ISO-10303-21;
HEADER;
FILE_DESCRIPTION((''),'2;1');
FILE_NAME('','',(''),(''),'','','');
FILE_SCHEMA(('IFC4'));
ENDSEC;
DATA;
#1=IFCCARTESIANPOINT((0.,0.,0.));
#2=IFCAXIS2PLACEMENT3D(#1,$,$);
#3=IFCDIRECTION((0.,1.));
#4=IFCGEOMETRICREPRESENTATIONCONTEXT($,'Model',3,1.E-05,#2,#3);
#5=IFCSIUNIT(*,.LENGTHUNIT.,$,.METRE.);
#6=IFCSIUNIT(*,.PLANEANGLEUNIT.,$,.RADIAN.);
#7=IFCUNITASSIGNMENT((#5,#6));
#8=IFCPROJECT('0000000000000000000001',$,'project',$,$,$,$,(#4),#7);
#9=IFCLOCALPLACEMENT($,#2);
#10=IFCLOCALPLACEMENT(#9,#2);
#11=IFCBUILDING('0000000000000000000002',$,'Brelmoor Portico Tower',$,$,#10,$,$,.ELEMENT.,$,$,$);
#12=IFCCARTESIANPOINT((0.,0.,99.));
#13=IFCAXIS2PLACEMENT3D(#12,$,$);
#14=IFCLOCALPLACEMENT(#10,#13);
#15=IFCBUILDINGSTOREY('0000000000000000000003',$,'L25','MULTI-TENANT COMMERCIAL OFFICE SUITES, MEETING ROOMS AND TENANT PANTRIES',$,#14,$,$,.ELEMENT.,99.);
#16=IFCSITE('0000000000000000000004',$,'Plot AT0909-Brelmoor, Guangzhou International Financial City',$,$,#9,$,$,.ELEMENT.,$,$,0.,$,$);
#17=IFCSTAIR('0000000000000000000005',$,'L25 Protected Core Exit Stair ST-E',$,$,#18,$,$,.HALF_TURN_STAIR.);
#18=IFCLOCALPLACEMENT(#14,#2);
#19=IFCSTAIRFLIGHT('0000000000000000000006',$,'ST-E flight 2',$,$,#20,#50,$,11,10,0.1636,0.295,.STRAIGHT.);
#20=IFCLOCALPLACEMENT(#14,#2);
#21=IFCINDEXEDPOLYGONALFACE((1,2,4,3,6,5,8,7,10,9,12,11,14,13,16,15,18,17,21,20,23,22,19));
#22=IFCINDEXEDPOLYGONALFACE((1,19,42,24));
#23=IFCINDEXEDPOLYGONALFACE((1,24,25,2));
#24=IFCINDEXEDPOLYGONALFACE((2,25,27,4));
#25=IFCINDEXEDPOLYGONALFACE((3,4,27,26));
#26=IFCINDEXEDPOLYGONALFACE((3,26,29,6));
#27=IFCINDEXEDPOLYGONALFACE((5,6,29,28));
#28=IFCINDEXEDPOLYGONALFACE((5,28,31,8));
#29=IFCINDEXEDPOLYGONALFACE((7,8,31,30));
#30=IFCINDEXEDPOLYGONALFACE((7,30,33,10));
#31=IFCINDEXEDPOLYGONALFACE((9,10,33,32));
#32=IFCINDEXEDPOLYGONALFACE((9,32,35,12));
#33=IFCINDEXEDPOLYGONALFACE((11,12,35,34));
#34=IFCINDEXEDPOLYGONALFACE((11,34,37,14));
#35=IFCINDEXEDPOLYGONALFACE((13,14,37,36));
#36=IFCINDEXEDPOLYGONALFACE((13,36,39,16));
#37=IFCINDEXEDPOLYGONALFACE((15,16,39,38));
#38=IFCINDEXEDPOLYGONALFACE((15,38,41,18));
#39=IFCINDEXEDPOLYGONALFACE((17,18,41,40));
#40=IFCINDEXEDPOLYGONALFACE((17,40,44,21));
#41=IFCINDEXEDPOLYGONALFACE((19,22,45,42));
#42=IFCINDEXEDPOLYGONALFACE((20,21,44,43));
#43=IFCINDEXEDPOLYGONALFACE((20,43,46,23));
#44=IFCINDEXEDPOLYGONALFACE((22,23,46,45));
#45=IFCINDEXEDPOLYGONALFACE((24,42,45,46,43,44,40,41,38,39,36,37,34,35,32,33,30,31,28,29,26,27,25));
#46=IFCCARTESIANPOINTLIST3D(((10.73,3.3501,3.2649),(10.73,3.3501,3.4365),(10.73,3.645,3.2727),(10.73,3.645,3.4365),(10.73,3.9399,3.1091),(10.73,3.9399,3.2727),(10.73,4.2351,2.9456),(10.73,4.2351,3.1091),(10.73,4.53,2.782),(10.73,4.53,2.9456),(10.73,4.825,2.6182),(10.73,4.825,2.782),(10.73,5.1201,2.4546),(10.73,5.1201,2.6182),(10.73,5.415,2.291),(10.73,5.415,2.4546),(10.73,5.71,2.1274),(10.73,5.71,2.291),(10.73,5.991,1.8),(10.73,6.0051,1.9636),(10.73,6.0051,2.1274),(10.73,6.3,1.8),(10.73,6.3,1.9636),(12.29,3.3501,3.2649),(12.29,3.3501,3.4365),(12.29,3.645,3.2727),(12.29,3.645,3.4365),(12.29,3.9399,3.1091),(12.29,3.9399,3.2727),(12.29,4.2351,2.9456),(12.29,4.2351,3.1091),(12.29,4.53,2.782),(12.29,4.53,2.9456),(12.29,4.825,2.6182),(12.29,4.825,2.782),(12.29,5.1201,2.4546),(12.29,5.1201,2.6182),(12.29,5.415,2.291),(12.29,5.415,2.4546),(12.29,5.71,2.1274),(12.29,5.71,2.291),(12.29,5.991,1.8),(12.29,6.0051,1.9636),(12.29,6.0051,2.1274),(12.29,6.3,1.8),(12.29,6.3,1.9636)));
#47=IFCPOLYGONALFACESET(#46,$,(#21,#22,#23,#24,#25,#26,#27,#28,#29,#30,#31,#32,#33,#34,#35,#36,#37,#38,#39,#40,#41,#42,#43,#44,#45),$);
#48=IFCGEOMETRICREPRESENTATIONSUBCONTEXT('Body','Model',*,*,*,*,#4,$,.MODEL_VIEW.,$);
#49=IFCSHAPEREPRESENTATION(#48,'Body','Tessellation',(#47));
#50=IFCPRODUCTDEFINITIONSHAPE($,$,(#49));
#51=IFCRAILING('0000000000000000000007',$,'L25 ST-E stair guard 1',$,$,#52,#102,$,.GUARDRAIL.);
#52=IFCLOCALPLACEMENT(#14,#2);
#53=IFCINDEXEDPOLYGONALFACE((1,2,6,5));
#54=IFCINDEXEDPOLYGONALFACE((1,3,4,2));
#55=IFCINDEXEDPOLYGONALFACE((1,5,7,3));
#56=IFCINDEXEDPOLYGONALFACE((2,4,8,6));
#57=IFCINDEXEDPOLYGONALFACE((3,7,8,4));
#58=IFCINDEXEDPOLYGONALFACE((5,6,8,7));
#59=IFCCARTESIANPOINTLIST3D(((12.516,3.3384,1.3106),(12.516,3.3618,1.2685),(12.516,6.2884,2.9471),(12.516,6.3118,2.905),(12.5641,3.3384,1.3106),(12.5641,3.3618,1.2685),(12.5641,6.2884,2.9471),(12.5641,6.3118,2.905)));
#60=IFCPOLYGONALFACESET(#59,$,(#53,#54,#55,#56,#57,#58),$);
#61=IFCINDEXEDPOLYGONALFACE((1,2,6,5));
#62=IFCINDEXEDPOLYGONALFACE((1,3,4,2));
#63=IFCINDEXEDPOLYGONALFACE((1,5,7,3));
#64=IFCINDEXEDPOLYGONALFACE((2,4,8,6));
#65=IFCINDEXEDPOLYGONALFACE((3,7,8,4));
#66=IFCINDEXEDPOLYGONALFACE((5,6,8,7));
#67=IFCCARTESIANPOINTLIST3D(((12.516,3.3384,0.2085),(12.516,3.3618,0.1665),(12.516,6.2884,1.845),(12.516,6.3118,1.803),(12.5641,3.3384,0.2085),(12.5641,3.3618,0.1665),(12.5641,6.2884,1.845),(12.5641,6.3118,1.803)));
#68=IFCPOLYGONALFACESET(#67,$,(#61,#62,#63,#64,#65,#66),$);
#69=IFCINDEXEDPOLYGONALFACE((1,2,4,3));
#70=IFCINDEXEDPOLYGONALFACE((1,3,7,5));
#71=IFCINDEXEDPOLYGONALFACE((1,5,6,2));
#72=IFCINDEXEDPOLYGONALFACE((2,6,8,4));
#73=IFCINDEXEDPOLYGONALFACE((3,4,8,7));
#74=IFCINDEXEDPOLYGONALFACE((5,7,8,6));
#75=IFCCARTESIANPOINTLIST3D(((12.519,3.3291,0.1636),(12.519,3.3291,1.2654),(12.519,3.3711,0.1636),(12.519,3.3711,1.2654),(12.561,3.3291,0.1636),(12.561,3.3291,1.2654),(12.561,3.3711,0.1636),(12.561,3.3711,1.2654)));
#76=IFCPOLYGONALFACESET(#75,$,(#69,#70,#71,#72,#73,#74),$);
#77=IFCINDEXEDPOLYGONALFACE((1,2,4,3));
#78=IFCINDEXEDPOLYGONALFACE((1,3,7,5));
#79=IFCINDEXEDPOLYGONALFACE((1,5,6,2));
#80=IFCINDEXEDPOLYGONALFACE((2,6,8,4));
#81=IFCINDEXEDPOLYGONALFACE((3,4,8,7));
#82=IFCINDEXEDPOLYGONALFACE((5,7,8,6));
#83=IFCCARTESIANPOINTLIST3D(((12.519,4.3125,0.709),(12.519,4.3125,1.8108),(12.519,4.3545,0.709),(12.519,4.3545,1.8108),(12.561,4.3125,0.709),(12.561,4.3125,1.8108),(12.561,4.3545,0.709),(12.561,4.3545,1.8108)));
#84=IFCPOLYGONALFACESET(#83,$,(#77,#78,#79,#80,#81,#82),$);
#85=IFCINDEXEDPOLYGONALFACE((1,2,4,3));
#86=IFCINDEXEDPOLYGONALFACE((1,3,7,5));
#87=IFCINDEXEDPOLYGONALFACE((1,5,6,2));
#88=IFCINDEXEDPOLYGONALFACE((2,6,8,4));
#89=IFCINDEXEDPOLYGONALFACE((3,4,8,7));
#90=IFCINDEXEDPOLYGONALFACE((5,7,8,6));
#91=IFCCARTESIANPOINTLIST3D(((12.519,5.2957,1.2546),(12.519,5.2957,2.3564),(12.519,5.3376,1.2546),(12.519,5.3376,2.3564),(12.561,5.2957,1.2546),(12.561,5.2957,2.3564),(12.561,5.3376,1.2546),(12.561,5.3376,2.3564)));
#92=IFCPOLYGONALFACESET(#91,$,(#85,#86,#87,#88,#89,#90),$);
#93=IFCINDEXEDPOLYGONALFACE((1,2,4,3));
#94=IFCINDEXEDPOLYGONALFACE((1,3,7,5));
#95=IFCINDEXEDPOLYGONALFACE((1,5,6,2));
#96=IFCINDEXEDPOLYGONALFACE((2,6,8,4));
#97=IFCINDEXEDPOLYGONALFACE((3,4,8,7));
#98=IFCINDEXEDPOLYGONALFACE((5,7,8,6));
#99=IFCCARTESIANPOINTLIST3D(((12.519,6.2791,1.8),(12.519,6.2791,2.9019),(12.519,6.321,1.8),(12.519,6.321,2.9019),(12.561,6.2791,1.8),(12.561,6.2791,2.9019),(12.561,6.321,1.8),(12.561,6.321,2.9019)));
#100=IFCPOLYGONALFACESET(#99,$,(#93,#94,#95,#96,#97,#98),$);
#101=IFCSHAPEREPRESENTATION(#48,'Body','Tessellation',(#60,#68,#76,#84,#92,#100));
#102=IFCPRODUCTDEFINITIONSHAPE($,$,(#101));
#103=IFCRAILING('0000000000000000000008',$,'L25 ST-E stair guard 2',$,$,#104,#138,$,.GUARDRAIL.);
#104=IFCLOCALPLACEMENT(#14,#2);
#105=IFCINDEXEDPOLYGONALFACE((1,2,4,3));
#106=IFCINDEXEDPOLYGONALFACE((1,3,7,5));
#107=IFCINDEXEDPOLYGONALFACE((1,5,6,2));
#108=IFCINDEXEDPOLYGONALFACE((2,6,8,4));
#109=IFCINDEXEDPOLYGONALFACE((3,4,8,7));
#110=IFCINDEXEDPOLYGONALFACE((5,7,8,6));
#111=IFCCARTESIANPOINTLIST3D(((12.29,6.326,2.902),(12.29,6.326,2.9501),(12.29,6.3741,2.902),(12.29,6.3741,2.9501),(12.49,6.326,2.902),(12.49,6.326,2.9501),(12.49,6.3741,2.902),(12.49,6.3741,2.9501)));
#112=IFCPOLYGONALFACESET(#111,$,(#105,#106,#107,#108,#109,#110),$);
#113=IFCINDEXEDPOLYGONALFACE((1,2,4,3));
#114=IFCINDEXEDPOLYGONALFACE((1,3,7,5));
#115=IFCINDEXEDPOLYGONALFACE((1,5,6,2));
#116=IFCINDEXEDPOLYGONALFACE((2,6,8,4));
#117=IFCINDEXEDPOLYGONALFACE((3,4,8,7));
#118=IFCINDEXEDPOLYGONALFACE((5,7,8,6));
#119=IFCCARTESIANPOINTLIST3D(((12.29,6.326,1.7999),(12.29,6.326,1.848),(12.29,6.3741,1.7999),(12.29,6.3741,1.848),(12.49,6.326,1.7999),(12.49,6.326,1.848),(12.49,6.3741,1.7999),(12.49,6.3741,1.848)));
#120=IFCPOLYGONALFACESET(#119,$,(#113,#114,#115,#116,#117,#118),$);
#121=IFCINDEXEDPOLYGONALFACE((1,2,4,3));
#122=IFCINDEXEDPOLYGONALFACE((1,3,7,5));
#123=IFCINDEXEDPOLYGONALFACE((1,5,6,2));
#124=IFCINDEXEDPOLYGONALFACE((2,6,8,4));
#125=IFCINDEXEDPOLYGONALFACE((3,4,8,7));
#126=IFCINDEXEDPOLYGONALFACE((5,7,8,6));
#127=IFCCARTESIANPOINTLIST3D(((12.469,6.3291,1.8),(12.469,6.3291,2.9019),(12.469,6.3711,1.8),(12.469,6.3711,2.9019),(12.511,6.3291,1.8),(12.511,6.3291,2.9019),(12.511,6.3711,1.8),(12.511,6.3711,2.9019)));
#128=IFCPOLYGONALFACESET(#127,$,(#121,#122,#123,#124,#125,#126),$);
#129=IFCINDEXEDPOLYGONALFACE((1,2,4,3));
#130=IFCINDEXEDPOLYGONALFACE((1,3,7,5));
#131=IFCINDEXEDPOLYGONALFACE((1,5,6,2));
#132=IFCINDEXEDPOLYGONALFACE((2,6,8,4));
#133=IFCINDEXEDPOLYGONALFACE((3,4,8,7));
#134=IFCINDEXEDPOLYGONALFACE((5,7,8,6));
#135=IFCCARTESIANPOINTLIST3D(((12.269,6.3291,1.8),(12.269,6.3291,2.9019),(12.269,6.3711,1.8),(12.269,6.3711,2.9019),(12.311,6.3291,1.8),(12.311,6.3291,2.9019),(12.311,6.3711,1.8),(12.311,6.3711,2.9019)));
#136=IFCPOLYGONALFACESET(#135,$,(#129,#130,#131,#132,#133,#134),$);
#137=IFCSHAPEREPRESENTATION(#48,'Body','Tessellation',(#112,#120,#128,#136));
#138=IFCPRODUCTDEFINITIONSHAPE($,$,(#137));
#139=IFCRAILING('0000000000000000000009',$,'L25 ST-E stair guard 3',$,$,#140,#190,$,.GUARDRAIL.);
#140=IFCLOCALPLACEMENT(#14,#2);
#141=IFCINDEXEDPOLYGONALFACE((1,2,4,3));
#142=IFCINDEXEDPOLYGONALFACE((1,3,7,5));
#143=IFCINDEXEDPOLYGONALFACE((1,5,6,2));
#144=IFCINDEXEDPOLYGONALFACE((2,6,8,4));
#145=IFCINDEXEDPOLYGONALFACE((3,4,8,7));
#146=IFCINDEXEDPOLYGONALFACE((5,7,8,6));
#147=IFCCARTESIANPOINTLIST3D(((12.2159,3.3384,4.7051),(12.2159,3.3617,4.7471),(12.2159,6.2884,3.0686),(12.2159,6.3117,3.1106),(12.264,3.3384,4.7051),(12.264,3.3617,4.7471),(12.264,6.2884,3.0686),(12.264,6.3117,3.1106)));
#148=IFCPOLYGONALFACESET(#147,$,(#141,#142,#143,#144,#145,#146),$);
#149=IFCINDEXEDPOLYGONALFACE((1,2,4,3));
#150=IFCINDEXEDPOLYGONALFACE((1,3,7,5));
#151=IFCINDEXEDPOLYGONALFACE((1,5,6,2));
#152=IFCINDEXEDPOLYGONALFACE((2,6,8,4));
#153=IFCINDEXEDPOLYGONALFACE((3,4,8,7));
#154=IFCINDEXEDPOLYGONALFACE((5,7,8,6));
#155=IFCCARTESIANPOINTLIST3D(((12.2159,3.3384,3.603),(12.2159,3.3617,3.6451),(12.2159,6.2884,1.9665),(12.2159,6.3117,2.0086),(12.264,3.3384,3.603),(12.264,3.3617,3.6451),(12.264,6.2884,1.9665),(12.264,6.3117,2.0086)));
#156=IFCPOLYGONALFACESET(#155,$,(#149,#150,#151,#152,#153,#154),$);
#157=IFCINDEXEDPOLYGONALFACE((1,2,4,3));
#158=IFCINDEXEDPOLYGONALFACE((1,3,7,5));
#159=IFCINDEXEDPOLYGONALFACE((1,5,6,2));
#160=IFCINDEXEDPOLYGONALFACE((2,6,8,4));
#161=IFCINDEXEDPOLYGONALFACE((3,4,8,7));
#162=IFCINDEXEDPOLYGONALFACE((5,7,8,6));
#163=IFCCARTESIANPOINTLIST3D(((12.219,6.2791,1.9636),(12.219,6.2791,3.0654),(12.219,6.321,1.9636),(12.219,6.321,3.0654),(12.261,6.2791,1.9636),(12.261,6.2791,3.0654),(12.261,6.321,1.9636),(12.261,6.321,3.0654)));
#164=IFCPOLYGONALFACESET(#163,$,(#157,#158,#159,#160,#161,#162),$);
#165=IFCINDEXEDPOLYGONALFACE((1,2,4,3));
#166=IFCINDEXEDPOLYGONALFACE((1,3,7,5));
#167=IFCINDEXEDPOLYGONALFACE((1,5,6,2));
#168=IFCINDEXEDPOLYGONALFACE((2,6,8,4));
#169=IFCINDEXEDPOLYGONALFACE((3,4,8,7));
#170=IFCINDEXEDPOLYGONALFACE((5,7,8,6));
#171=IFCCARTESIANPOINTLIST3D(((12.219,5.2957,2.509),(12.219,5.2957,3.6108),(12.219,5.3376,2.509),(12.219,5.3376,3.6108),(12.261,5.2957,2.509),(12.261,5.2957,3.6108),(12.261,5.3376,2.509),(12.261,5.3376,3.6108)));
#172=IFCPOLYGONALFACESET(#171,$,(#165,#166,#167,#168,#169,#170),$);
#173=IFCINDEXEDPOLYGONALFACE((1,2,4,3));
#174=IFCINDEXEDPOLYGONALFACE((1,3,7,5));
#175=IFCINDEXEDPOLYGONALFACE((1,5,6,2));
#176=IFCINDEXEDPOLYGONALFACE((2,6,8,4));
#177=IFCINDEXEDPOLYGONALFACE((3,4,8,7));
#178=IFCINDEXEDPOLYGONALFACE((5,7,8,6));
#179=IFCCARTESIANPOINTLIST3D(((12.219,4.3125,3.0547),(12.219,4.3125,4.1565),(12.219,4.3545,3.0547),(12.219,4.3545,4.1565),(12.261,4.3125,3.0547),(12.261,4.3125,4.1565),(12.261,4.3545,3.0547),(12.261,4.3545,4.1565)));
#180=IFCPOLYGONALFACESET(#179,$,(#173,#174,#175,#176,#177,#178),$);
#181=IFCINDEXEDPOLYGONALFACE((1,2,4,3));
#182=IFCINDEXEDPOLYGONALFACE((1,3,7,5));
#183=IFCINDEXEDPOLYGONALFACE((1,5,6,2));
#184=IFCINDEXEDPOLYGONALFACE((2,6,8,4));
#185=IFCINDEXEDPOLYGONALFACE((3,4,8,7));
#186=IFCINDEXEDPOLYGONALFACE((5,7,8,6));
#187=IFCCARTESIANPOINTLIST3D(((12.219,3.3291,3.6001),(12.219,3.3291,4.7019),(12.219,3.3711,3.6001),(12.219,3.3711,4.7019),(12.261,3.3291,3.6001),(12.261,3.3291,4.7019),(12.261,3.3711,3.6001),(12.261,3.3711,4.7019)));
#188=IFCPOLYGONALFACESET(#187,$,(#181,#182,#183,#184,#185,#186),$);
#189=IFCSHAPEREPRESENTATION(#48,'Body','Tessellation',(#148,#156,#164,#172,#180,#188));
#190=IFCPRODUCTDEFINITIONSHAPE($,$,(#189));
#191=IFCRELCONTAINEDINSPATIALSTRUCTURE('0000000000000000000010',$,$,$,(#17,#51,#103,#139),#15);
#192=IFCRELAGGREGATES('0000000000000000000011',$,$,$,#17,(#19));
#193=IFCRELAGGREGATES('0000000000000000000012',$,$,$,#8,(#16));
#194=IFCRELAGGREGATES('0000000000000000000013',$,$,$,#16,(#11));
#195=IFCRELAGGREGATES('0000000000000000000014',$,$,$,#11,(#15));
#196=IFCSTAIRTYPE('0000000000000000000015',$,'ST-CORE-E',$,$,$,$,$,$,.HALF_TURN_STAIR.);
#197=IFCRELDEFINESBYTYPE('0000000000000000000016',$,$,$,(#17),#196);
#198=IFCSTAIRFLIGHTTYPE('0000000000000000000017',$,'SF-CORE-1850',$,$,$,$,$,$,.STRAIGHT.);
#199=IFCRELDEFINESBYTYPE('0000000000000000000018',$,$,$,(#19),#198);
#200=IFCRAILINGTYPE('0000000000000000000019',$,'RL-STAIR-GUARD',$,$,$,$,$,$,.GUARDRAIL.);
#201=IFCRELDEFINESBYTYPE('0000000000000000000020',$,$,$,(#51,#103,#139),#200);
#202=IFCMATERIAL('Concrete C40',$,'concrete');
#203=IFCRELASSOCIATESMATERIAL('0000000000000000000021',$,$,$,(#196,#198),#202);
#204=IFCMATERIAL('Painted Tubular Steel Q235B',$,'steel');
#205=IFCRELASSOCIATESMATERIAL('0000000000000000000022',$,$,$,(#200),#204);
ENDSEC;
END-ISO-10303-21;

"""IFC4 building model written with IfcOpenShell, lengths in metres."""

from ifc_helpers import new_model, si_unit, direction, frame, origin, origin_2d, place, context, subcontext, project, spatial, polyline, rectangle, outline, extrude, material, type_object, element, aggregate, save


model = new_model("IFC4")

# Units and contexts
model_context = context("Model", 3, precision=1e-05, world=origin(), true_north=direction((0.0, 1.0)))
body_context = subcontext(model_context, "Body", "Model", "MODEL_VIEW")
ifc_project = project(units=[si_unit("LENGTHUNIT", "METRE"), si_unit("PLANEANGLEUNIT", "RADIAN")], contexts=[model_context])

# Site, building, storey
site_placement = place(None, origin())
site = spatial("IfcSite", under=ifc_project, at=site_placement, Name="Plot AT0909-Brelmoor, Guangzhou International Financial City", CompositionType="ELEMENT", RefElevation=0.0)
building_placement = place(site_placement, origin())
building = spatial("IfcBuilding", under=site, at=building_placement, Name="Brelmoor Portico Tower", CompositionType="ELEMENT")
storey_placement = place(building_placement, frame((0.0, 0.0, 99.0)))
storey = spatial("IfcBuildingStorey", under=building, at=storey_placement, Name="L25", Description="MULTI-TENANT COMMERCIAL OFFICE SUITES, MEETING ROOMS AND TENANT PANTRIES", CompositionType="ELEMENT", Elevation=99.0)

# Shared definitions
ifc_material_1 = material(Name="Concrete C40", Category="concrete")

# Stair, stair flight
stair_type = type_object("IfcStairType", Name="ST-CORE-E", PredefinedType="HALF_TURN_STAIR", material=ifc_material_1)
stair_placement = place(storey_placement, origin())
stair = element("IfcStair", 1, at=stair_placement, inside=storey, type_object=stair_type, Name="L25 Protected Core Exit Stair ST-E", PredefinedType="HALF_TURN_STAIR")
stair_flight_type = type_object("IfcStairFlightType", Name="SF-CORE-1850", PredefinedType="STRAIGHT", material=ifc_material_1)
stair_flight_1_placement = place(storey_placement, frame((11.51, 6.3, 1.8), z_axis=(0.0, 0.0, 1.0), x_axis=(0.0, -1.0, 0.0)))
stair_flight_1 = element("IfcStairFlight", 2, at=stair_flight_1_placement, type_object=stair_flight_type, Name="ST-E flight 2", NumberOfRisers=11, NumberOfTreads=10, PredefinedType="STRAIGHT", RiserHeight=0.1636, TreadLength=0.295, context=body_context, shape_type="SweptSolid", body=[
    extrude(outline(polyline([(0.0, 0.0), (0.0, 0.1636), (0.2949, 0.1636), (0.2949, 0.3274), (0.5901, 0.3274), (0.5901, 0.491), (0.885, 0.491), (0.885, 0.6545), (1.1799, 0.6545), (1.1799, 0.8181), (1.4751, 0.8181), (1.4751, 0.9819), (1.77, 0.9819), (1.77, 1.1455), (2.0649, 1.1455), (2.0649, 1.3091), (2.3601, 1.3091), (2.3601, 1.4727), (2.655, 1.4727), (2.655, 1.6365), (2.95, 1.6365), (2.95, 1.8), (2.95, 1.4648), (0.3091, 0.0), (0.0, 0.0)])), frame((0.0, 0.78, 0.0), z_axis=(0.0, -1.0, 0.0), x_axis=(1.0, 0.0, 0.0)), (0.0, 0.0, 1.0), 1.5601),
])
aggregate(stair, [stair_flight_1])

# Railings
ifc_material_2 = material(Name="Painted Tubular Steel Q235B", Category="steel")
railing_type_1 = type_object("IfcRailingType", Name="RL-STAIR-GUARD", PredefinedType="GUARDRAIL", material=ifc_material_2)
railing_1_placement = place(storey_placement, frame((12.54, 3.3501, 0.1636)))
element("IfcRailing", 3, at=railing_1_placement, inside=storey, type_object=railing_type_1, Name="L25 ST-E stair guard 1", PredefinedType="GUARDRAIL", context=body_context, shape_type="SweptSolid", body=[
    extrude(rectangle(XDim=0.0481, YDim=0.0481, at=origin_2d()), frame((0.0, 0.0, 1.126), z_axis=(0.0, 0.874458, 0.485102), x_axis=(-1.0, 0.0, 0.0)), (0.0, 0.0, 1.0), 3.3735),
    extrude(rectangle(XDim=0.0481, YDim=0.0481, at=origin_2d()), frame((0.0, 0.0, 0.0239), z_axis=(0.0, 0.874458, 0.485102), x_axis=(-1.0, 0.0, 0.0)), (0.0, 0.0, 1.0), 3.3735),
    extrude(rectangle(XDim=0.042, YDim=0.042, at=origin_2d()), origin(), (0.0, 0.0, 1.0), 1.1018),
    extrude(rectangle(XDim=0.042, YDim=0.042, at=origin_2d()), frame((0.0, 0.9834, 0.5454)), (0.0, 0.0, 1.0), 1.1018),
    extrude(rectangle(XDim=0.042, YDim=0.042, at=origin_2d()), frame((0.0, 1.9666, 1.0911)), (0.0, 0.0, 1.0), 1.1018),
    extrude(rectangle(XDim=0.042, YDim=0.042, at=origin_2d()), frame((0.0, 2.95, 1.6365)), (0.0, 0.0, 1.0), 1.1018),
])
railing_2_placement = place(storey_placement, frame((12.49, 6.3501, 1.8)))
element("IfcRailing", 4, at=railing_2_placement, inside=storey, type_object=railing_type_1, Name="L25 ST-E stair guard 2", PredefinedType="GUARDRAIL", context=body_context, shape_type="SweptSolid", body=[
    extrude(rectangle(XDim=0.0481, YDim=0.0481, at=origin_2d()), frame((0.0, 0.0, 1.126), z_axis=(-1.0, 0.0, 0.0), x_axis=(0.0, -1.0, 0.0)), (0.0, 0.0, 1.0), 0.2),
    extrude(rectangle(XDim=0.0481, YDim=0.0481, at=origin_2d()), frame((0.0, 0.0, 0.0239), z_axis=(-1.0, 0.0, 0.0), x_axis=(0.0, -1.0, 0.0)), (0.0, 0.0, 1.0), 0.2),
    extrude(rectangle(XDim=0.042, YDim=0.042, at=origin_2d()), origin(), (0.0, 0.0, 1.0), 1.1018),
    extrude(rectangle(XDim=0.042, YDim=0.042, at=origin_2d()), frame((-0.2, 0.0, 0.0)), (0.0, 0.0, 1.0), 1.1018),
])
railing_3_placement = place(storey_placement, frame((12.24, 6.3, 1.9636)))
element("IfcRailing", 5, at=railing_3_placement, inside=storey, type_object=railing_type_1, Name="L25 ST-E stair guard 3", PredefinedType="GUARDRAIL", context=body_context, shape_type="SweptSolid", body=[
    extrude(rectangle(XDim=0.0481, YDim=0.0481, at=origin_2d()), frame((0.0, 0.0, 1.126), z_axis=(0.0, -0.874458, 0.485102), x_axis=(1.0, 0.0, 0.0)), (0.0, 0.0, 1.0), 3.3735),
    extrude(rectangle(XDim=0.0481, YDim=0.0481, at=origin_2d()), frame((0.0, 0.0, 0.0239), z_axis=(0.0, -0.874458, 0.485102), x_axis=(1.0, 0.0, 0.0)), (0.0, 0.0, 1.0), 3.3735),
    extrude(rectangle(XDim=0.042, YDim=0.042, at=origin_2d()), origin(), (0.0, 0.0, 1.0), 1.1018),
    extrude(rectangle(XDim=0.042, YDim=0.042, at=origin_2d()), frame((0.0, -0.9834, 0.5454)), (0.0, 0.0, 1.0), 1.1018),
    extrude(rectangle(XDim=0.042, YDim=0.042, at=origin_2d()), frame((0.0, -1.9666, 1.0911)), (0.0, 0.0, 1.0), 1.1018),
    extrude(rectangle(XDim=0.042, YDim=0.042, at=origin_2d()), frame((0.0, -2.95, 1.6365)), (0.0, 0.0, 1.0), 1.1018),
])

save(model, "model.ifc")
